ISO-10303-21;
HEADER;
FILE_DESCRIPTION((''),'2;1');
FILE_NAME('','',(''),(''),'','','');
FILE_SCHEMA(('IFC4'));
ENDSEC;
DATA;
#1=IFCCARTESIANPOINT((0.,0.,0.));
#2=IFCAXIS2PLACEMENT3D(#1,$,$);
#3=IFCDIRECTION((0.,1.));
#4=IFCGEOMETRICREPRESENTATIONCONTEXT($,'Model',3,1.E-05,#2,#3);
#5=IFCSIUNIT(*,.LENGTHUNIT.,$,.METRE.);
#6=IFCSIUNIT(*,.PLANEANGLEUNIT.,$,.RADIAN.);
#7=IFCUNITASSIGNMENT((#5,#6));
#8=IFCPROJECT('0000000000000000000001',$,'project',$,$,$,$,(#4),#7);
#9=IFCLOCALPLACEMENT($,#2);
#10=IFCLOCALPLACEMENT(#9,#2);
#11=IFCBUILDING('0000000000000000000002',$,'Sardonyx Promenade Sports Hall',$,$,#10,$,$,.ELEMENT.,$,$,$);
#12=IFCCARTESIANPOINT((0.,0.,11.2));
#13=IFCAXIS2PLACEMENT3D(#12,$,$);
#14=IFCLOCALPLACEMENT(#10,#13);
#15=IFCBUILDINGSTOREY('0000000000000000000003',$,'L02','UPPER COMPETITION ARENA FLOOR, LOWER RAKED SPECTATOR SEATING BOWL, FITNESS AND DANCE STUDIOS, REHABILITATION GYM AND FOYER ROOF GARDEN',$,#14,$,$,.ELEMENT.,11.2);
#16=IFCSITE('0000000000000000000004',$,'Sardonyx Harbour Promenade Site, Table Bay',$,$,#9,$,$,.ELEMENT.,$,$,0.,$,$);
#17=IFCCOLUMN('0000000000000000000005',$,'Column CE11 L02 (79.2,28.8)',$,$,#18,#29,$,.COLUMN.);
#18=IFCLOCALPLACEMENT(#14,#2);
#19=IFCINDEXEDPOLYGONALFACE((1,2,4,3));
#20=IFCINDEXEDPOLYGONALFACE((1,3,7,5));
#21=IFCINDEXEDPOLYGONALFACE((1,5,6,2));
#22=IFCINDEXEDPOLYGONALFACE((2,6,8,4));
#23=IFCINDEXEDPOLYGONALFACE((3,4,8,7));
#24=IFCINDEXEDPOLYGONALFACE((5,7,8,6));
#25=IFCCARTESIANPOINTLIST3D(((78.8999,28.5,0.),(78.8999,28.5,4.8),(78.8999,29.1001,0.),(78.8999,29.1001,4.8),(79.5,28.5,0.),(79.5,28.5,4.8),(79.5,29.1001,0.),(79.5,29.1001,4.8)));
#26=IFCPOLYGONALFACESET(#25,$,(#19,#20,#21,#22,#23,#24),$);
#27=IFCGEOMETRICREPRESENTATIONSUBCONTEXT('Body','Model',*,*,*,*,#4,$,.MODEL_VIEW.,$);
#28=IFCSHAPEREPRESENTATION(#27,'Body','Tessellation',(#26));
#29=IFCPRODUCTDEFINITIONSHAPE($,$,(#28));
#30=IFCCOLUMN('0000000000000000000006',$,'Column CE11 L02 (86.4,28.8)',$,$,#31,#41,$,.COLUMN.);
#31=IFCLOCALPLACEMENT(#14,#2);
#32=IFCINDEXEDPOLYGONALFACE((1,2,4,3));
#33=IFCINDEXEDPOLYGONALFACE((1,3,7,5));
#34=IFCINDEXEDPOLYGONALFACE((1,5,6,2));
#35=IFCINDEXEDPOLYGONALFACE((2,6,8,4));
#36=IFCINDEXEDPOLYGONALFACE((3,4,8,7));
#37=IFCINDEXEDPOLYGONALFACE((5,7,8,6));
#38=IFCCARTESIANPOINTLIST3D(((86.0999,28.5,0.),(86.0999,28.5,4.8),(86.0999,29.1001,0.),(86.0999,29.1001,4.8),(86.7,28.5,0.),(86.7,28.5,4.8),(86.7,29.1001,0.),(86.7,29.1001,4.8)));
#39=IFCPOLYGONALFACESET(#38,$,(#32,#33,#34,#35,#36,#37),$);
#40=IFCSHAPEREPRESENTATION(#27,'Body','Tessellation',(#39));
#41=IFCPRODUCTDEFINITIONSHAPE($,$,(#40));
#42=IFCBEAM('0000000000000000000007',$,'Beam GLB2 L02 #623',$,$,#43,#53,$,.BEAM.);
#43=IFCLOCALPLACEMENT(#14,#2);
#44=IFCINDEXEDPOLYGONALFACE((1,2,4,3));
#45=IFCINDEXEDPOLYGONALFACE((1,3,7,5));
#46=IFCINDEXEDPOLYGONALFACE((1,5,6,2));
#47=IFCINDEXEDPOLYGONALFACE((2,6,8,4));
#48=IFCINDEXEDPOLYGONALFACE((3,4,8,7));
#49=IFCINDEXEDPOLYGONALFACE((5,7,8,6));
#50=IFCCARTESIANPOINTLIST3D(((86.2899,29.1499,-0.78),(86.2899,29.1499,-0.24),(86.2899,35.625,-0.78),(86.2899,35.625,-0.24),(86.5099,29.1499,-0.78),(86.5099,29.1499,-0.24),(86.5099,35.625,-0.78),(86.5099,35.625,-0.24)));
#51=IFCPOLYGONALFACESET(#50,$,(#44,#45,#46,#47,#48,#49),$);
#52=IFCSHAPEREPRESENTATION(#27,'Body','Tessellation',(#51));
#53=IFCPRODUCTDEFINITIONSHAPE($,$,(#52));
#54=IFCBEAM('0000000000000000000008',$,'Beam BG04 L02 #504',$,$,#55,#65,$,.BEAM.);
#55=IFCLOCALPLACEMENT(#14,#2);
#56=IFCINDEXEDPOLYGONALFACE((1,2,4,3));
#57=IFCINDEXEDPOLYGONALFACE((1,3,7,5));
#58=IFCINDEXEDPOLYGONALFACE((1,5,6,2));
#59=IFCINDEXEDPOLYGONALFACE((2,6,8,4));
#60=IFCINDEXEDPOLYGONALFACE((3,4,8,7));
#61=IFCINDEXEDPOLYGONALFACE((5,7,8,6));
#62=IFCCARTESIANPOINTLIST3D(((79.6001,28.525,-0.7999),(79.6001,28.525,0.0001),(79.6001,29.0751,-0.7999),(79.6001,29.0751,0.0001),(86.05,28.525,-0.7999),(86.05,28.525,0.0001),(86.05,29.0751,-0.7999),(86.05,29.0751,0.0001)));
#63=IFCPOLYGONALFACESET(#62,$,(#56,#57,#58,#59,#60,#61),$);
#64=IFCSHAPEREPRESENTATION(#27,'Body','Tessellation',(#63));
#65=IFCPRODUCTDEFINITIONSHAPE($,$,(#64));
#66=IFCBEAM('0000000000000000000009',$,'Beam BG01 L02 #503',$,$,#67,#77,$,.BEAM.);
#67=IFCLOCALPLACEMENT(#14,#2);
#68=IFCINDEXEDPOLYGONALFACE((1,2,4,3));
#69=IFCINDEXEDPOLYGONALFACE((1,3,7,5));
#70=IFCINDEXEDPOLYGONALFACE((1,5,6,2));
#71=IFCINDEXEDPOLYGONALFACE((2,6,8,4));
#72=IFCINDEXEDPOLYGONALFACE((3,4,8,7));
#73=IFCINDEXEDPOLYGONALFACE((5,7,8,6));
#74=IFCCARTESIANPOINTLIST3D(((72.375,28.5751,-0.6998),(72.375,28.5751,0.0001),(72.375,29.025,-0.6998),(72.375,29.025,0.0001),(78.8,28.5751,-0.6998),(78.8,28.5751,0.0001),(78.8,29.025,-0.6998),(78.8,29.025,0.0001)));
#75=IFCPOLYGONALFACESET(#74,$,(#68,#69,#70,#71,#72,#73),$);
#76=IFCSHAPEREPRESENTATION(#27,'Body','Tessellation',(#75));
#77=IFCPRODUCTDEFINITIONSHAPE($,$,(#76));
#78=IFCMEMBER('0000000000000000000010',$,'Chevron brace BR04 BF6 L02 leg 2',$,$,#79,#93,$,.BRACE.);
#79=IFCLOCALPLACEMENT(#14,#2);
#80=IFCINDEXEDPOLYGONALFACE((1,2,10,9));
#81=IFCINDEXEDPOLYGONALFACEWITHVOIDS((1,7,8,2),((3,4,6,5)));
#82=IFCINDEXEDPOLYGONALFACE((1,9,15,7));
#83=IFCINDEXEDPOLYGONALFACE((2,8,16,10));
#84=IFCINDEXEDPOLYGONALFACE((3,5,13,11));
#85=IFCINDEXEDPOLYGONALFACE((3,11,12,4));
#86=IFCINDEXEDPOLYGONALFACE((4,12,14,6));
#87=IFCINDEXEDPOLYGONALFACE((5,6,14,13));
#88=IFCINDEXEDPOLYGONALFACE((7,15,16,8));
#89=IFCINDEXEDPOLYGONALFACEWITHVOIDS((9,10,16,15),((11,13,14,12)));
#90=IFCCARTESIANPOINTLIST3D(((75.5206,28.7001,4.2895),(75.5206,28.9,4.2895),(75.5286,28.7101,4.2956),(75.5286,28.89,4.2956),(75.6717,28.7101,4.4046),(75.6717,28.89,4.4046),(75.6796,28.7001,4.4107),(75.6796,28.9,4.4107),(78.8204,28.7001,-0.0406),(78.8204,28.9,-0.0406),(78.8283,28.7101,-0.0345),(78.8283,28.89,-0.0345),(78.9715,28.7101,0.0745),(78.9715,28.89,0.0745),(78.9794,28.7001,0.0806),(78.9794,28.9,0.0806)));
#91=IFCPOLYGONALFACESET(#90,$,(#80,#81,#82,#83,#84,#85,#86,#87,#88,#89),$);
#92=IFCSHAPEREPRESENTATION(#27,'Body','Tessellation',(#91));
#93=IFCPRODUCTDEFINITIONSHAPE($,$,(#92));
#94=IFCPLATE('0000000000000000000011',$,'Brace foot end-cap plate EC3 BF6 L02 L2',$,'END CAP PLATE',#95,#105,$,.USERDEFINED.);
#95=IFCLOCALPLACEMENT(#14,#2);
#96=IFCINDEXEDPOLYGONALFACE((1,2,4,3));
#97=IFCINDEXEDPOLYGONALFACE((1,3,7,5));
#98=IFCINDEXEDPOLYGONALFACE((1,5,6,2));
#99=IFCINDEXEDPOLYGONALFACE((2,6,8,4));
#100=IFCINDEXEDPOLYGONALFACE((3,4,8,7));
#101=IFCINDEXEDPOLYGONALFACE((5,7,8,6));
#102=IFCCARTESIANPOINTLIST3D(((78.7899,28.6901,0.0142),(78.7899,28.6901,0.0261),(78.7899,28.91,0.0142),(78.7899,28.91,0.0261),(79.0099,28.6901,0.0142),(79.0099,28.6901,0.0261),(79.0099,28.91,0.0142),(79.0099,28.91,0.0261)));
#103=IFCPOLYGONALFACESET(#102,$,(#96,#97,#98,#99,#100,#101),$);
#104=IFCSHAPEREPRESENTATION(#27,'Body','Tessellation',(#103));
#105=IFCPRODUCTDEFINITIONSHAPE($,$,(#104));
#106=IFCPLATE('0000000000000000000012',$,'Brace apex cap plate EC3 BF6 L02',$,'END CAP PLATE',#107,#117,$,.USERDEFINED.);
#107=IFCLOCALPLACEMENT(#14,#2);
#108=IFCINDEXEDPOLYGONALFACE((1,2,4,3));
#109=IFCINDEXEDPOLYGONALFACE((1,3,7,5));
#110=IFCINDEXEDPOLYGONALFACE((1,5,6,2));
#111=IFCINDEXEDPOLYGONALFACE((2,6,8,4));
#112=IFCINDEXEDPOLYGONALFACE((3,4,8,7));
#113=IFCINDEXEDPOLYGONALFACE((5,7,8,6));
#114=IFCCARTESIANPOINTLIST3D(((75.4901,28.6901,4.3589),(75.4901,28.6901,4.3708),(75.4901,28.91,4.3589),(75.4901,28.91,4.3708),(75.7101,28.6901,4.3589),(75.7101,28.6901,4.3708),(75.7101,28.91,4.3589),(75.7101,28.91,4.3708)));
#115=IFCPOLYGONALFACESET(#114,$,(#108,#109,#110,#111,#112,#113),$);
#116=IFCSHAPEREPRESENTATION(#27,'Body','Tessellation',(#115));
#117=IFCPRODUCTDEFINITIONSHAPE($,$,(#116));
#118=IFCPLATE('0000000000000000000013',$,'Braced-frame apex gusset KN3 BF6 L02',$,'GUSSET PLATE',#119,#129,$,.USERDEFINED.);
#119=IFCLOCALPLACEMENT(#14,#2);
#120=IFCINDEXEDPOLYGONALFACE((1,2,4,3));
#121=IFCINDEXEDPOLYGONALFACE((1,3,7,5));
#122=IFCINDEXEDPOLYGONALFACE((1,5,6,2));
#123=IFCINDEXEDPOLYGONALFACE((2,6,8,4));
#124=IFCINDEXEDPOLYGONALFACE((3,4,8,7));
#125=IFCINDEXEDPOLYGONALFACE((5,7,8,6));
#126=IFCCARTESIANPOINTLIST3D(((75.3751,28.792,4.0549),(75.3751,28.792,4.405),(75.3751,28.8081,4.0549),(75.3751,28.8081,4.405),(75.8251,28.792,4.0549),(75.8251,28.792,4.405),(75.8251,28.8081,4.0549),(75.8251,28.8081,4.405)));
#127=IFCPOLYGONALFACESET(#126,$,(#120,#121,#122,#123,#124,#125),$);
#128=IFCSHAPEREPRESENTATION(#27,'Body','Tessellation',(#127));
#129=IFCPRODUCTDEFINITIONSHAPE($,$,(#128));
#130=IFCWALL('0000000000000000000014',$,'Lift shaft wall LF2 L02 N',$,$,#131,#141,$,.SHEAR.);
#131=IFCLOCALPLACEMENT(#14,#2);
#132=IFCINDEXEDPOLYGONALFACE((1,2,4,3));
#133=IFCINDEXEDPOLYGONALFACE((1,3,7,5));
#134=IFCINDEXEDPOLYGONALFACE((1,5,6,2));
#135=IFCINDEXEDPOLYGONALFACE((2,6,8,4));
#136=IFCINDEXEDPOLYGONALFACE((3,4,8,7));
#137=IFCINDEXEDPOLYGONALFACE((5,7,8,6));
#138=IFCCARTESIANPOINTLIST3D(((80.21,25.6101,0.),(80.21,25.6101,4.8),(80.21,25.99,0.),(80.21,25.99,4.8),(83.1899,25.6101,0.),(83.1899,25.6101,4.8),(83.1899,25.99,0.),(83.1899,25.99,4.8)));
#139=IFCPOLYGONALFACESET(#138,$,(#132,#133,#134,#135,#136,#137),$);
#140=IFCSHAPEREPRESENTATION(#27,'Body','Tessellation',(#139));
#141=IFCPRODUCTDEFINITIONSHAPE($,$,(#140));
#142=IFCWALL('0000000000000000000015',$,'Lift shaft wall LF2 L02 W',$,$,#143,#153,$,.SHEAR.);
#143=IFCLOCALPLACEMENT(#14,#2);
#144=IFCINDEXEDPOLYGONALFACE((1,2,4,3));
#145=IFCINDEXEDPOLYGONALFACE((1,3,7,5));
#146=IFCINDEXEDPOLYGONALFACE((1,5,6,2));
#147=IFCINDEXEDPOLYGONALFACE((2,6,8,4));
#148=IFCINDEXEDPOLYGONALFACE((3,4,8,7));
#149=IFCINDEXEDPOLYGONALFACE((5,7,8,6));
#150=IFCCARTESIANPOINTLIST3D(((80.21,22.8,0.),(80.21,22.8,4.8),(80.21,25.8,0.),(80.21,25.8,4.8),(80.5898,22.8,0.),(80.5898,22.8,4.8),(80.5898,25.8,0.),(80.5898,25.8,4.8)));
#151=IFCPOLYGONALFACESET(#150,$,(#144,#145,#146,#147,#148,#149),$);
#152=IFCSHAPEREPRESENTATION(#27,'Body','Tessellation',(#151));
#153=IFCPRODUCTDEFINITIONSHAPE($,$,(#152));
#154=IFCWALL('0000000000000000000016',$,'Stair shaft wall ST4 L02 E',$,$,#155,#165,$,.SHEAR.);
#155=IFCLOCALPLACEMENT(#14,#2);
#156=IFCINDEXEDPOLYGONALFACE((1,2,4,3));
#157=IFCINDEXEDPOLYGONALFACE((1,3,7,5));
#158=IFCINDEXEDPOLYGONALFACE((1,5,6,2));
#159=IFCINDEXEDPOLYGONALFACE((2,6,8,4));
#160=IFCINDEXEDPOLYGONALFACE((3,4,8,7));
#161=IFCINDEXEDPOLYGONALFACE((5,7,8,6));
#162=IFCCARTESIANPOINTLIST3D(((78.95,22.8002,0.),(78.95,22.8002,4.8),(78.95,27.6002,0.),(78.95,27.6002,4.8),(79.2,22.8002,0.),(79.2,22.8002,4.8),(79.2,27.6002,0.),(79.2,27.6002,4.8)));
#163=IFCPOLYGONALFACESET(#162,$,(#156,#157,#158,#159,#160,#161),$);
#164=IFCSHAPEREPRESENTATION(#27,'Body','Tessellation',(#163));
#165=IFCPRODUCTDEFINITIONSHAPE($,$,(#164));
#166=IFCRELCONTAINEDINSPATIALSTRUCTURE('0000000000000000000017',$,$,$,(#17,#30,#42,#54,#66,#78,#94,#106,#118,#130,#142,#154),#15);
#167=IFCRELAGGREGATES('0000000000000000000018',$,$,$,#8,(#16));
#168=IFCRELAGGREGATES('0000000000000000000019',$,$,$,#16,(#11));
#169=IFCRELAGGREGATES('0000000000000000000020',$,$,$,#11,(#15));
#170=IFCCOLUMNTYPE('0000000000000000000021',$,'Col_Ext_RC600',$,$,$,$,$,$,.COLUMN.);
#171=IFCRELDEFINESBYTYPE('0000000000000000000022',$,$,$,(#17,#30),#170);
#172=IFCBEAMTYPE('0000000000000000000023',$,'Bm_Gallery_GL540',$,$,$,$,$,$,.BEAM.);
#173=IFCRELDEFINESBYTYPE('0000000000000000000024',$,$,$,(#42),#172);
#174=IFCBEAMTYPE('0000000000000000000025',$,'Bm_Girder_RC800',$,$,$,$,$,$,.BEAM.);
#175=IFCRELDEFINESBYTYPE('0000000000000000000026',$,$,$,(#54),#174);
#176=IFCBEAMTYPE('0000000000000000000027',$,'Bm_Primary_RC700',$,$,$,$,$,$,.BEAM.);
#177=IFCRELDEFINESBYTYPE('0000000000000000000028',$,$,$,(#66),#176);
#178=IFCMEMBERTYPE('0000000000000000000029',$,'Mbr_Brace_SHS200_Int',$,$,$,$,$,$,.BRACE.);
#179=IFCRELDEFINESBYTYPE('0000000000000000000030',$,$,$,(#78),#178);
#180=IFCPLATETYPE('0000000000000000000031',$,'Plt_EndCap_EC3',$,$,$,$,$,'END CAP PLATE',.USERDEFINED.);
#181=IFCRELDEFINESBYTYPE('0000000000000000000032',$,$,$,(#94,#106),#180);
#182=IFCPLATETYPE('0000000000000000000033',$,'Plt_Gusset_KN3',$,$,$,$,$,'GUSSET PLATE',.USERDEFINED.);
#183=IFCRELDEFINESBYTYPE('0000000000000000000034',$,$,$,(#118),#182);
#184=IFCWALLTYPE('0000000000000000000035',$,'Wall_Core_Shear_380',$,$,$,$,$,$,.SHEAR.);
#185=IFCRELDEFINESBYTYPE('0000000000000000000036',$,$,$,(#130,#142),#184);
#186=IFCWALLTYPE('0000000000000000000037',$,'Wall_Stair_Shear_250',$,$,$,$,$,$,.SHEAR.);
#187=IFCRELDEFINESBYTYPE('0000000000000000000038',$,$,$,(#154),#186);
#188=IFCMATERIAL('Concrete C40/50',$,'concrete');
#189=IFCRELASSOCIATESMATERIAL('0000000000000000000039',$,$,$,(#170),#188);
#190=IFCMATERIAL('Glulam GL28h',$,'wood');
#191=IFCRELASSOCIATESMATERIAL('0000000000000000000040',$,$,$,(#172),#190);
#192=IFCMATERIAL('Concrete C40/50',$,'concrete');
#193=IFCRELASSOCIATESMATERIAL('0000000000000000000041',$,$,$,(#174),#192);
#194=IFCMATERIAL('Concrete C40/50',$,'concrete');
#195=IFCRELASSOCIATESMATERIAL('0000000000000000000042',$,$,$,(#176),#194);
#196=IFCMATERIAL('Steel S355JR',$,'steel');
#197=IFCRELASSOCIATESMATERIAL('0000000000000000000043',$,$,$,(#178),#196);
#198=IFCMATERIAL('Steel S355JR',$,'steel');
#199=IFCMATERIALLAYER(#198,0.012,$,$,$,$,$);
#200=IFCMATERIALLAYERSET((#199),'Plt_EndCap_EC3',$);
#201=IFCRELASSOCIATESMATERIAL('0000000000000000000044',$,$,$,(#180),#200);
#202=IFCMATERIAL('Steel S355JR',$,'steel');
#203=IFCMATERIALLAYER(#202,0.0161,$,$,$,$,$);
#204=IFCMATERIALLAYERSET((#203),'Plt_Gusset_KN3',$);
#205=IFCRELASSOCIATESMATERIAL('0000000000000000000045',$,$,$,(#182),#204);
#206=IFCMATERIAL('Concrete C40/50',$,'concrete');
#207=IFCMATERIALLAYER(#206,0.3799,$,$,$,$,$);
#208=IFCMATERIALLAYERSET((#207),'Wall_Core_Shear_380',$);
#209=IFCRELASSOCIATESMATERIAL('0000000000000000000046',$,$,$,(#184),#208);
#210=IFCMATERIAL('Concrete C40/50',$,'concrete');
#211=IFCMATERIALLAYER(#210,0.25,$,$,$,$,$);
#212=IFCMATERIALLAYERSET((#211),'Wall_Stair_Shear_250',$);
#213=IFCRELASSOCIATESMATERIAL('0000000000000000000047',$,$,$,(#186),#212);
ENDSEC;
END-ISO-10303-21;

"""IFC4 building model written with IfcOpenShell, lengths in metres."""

from ifc_helpers import new_model, si_unit, direction, frame, frame_2d, origin, origin_2d, place, context, subcontext, project, spatial, rectangle, hollow_rectangle, extrude, material, layer, layer_set, material_profile, profile_set, type_object, element, save


model = new_model("IFC4")

# Units and contexts
model_context = context("Model", 3, precision=1e-05, world=origin(), true_north=direction((0.0, 1.0)))
body_context = subcontext(model_context, "Body", "Model", "MODEL_VIEW")
ifc_project = project(units=[si_unit("LENGTHUNIT", "METRE"), si_unit("PLANEANGLEUNIT", "RADIAN")], contexts=[model_context])

# Site, building, storey
site_placement = place(None, origin())
site = spatial("IfcSite", under=ifc_project, at=site_placement, Name="Sardonyx Harbour Promenade Site, Table Bay", CompositionType="ELEMENT", RefElevation=0.0)
building_placement = place(site_placement, origin())
building = spatial("IfcBuilding", under=site, at=building_placement, Name="Sardonyx Promenade Sports Hall", CompositionType="ELEMENT")
storey_placement = place(building_placement, frame((0.0, 0.0, 11.2)))
storey = spatial("IfcBuildingStorey", under=building, at=storey_placement, Name="L02", Description="UPPER COMPETITION ARENA FLOOR, LOWER RAKED SPECTATOR SEATING BOWL, FITNESS AND DANCE STUDIOS, REHABILITATION GYM AND FOYER ROOF GARDEN", CompositionType="ELEMENT", Elevation=11.2)

# Columns
ifc_material_1 = material(Name="Concrete C40/50", Category="concrete")
ifc_material_profile_1 = material_profile(ifc_material_1, rectangle(XDim=0.6001, YDim=0.6001, at=origin_2d()))
ifc_profile_set_1 = profile_set([ifc_material_profile_1], Name="Concrete C40/50")
column_type = type_object("IfcColumnType", Name="Col_Ext_RC600", PredefinedType="COLUMN", material=ifc_profile_set_1)
for number, where, z_axis, x_axis, name in (
    (1, (79.2, 28.8, 0.0), (0.0, 0.0, 1.0), (1.0, 0.0, 0.0), "Column CE11 L02 (79.2,28.8)"),
    (2, (86.3999, 28.8, 0.0), (0.0, 0.0, 1.0), (1.0, 0.0, 0.0), "Column CE11 L02 (86.4,28.8)"),
):
    element("IfcColumn", number, at=place(storey_placement, frame(where, z_axis=z_axis, x_axis=x_axis)), inside=storey, type_object=column_type, Name=name, PredefinedType="COLUMN", context=body_context, shape_type="SweptSolid", body=[
        extrude(rectangle(XDim=0.6001, YDim=0.6001, at=origin_2d()), origin(), (0.0, 0.0, 1.0), 4.8),
    ])

# Beams
ifc_material_2 = material(Name="Glulam GL28h", Category="wood")
ifc_material_profile_2 = material_profile(ifc_material_2, rectangle(XDim=0.22, YDim=0.54, at=origin_2d()))
ifc_profile_set_2 = profile_set([ifc_material_profile_2], Name="Glulam GL28h")
beam_type_1 = type_object("IfcBeamType", Name="Bm_Gallery_GL540", PredefinedType="BEAM", material=ifc_profile_set_2)
beam_1_placement = place(storey_placement, frame((86.3999, 29.1499, -0.51), z_axis=(0.0, 1.0, 0.0), x_axis=(-1.0, 0.0, 0.0)))
element("IfcBeam", 3, at=beam_1_placement, inside=storey, type_object=beam_type_1, Name="Beam GLB2 L02 #623", PredefinedType="BEAM", context=body_context, shape_type="SweptSolid", body=[
    extrude(rectangle(XDim=0.22, YDim=0.54, at=origin_2d()), origin(), (0.0, 0.0, 1.0), 6.4751),
])
ifc_material_3 = material(Name="Concrete C40/50", Category="concrete")
ifc_material_profile_3 = material_profile(ifc_material_3, rectangle(XDim=0.55, YDim=0.8, at=origin_2d()))
ifc_profile_set_3 = profile_set([ifc_material_profile_3], Name="Concrete C40/50")
beam_type_2 = type_object("IfcBeamType", Name="Bm_Girder_RC800", PredefinedType="BEAM", material=ifc_profile_set_3)
beam_2_placement = place(storey_placement, frame((79.6001, 28.8, -0.3999), z_axis=(1.0, 0.0, 0.0), x_axis=(0.0, 1.0, 0.0)))
element("IfcBeam", 4, at=beam_2_placement, inside=storey, type_object=beam_type_2, Name="Beam BG04 L02 #504", PredefinedType="BEAM", context=body_context, shape_type="SweptSolid", body=[
    extrude(rectangle(XDim=0.55, YDim=0.8, at=origin_2d()), origin(), (0.0, 0.0, 1.0), 6.45),
])
ifc_material_4 = material(Name="Concrete C40/50", Category="concrete")
ifc_material_profile_4 = material_profile(ifc_material_4, rectangle(XDim=0.45, YDim=0.7, at=origin_2d()))
ifc_profile_set_4 = profile_set([ifc_material_profile_4], Name="Concrete C40/50")
beam_type_3 = type_object("IfcBeamType", Name="Bm_Primary_RC700", PredefinedType="BEAM", material=ifc_profile_set_4)
beam_3_placement = place(storey_placement, frame((72.375, 28.8, -0.3499), z_axis=(1.0, 0.0, 0.0), x_axis=(0.0, 1.0, 0.0)))
element("IfcBeam", 5, at=beam_3_placement, inside=storey, type_object=beam_type_3, Name="Beam BG01 L02 #503", PredefinedType="BEAM", context=body_context, shape_type="SweptSolid", body=[
    extrude(rectangle(XDim=0.45, YDim=0.7, at=origin_2d()), origin(), (0.0, 0.0, 1.0), 6.425),
])

# Member
ifc_material_5 = material(Name="Steel S355JR", Category="steel")
ifc_material_profile_5 = material_profile(ifc_material_5, hollow_rectangle(XDim=0.2, YDim=0.2, WallThickness=0.01, at=origin_2d()))
ifc_profile_set_5 = profile_set([ifc_material_profile_5], Name="Steel S355JR")
member_type = type_object("IfcMemberType", Name="Mbr_Brace_SHS200_Int", PredefinedType="BRACE", material=ifc_profile_set_5)
member_placement = place(storey_placement, frame((78.8999, 28.8, 0.02), z_axis=(-0.606124, 0.0, 0.79537), x_axis=(0.0, -1.0, 0.0)))
element("IfcMember", 6, at=member_placement, inside=storey, type_object=member_type, Name="Chevron brace BR04 BF6 L02 leg 2", PredefinedType="BRACE", context=body_context, shape_type="SweptSolid", body=[
    extrude(hollow_rectangle(XDim=0.2, YDim=0.2, WallThickness=0.01, at=origin_2d()), origin(), (0.0, 0.0, 1.0), 5.4441),
])

# Plates
ifc_material_6 = material(Name="Steel S355JR", Category="steel")
ifc_layer_1 = layer(ifc_material_6, 0.012)
ifc_layer_set_1 = layer_set([ifc_layer_1], Name="Plt_EndCap_EC3")
plate_type_1 = type_object("IfcPlateType", Name="Plt_EndCap_EC3", ElementType="END CAP PLATE", PredefinedType="USERDEFINED", material=ifc_layer_set_1)
for number, where, z_axis, x_axis, name in (
    (7, (78.8999, 28.8, 0.0142), (0.0, 0.0, 1.0), (1.0, 0.0, 0.0), "Brace foot end-cap plate EC3 BF6 L02 L2"),
    (8, (75.6001, 28.8, 4.3589), (0.0, 0.0, 1.0), (1.0, 0.0, 0.0), "Brace apex cap plate EC3 BF6 L02"),
):
    element("IfcPlate", number, at=place(storey_placement, frame(where, z_axis=z_axis, x_axis=x_axis)), inside=storey, type_object=plate_type_1, Name=name, ObjectType="END CAP PLATE", PredefinedType="USERDEFINED", context=body_context, shape_type="SweptSolid", body=[
        extrude(rectangle(XDim=0.22, YDim=0.22, at=origin_2d()), origin(), (0.0, 0.0, 1.0), 0.012),
    ])
ifc_material_7 = material(Name="Steel S355JR", Category="steel")
ifc_layer_2 = layer(ifc_material_7, 0.0161)
ifc_layer_set_2 = layer_set([ifc_layer_2], Name="Plt_Gusset_KN3")
plate_type_2 = type_object("IfcPlateType", Name="Plt_Gusset_KN3", ElementType="GUSSET PLATE", PredefinedType="USERDEFINED", material=ifc_layer_set_2)
plate_placement = place(storey_placement, frame((75.6001, 28.8, 4.0549), z_axis=(0.0, 0.0, 1.0), x_axis=(1.0, 0.0, 0.0)))
element("IfcPlate", 9, at=plate_placement, inside=storey, type_object=plate_type_2, Name="Braced-frame apex gusset KN3 BF6 L02", ObjectType="GUSSET PLATE", PredefinedType="USERDEFINED", context=body_context, shape_type="SweptSolid", body=[
    extrude(rectangle(XDim=0.45, YDim=0.0161, at=origin_2d()), origin(), (0.0, 0.0, 1.0), 0.3501),
])

# Walls
ifc_material_8 = material(Name="Concrete C40/50", Category="concrete")
ifc_layer_3 = layer(ifc_material_8, 0.3799)
ifc_layer_set_3 = layer_set([ifc_layer_3], Name="Wall_Core_Shear_380")
wall_type_1 = type_object("IfcWallType", Name="Wall_Core_Shear_380", PredefinedType="SHEAR", material=ifc_layer_set_3)
wall_1_placement = place(storey_placement, frame((80.21, 25.8, 0.0), z_axis=(0.0, 0.0, 1.0), x_axis=(1.0, 0.0, 0.0)))
element("IfcWall", 10, at=wall_1_placement, inside=storey, type_object=wall_type_1, Name="Lift shaft wall LF2 L02 N", PredefinedType="SHEAR", context=body_context, shape_type="SweptSolid", body=[
    extrude(rectangle(XDim=2.98, YDim=0.3799, at=frame_2d((1.49, 0.0))), origin(), (0.0, 0.0, 1.0), 4.8),
])
wall_2_placement = place(storey_placement, frame((80.3999, 25.8, 0.0), z_axis=(0.0, 0.0, 1.0), x_axis=(0.0, -1.0, 0.0)))
element("IfcWall", 11, at=wall_2_placement, inside=storey, type_object=wall_type_1, Name="Lift shaft wall LF2 L02 W", PredefinedType="SHEAR", context=body_context, shape_type="SweptSolid", body=[
    extrude(rectangle(XDim=3.0, YDim=0.3799, at=frame_2d((1.5, 0.0))), origin(), (0.0, 0.0, 1.0), 4.8),
])

# Wall
ifc_material_9 = material(Name="Concrete C40/50", Category="concrete")
ifc_layer_4 = layer(ifc_material_9, 0.25)
ifc_layer_set_4 = layer_set([ifc_layer_4], Name="Wall_Stair_Shear_250")
wall_type_2 = type_object("IfcWallType", Name="Wall_Stair_Shear_250", PredefinedType="SHEAR", material=ifc_layer_set_4)
wall_3_placement = place(storey_placement, frame((79.075, 27.6001, 0.0), z_axis=(0.0, 0.0, 1.0), x_axis=(0.0, -1.0, 0.0)))
element("IfcWall", 12, at=wall_3_placement, inside=storey, type_object=wall_type_2, Name="Stair shaft wall ST4 L02 E", PredefinedType="SHEAR", context=body_context, shape_type="SweptSolid", body=[
    extrude(rectangle(XDim=4.8, YDim=0.25, at=frame_2d((2.3999, 0.0))), origin(), (0.0, 0.0, 1.0), 4.8),
])

save(model, "model.ifc")
